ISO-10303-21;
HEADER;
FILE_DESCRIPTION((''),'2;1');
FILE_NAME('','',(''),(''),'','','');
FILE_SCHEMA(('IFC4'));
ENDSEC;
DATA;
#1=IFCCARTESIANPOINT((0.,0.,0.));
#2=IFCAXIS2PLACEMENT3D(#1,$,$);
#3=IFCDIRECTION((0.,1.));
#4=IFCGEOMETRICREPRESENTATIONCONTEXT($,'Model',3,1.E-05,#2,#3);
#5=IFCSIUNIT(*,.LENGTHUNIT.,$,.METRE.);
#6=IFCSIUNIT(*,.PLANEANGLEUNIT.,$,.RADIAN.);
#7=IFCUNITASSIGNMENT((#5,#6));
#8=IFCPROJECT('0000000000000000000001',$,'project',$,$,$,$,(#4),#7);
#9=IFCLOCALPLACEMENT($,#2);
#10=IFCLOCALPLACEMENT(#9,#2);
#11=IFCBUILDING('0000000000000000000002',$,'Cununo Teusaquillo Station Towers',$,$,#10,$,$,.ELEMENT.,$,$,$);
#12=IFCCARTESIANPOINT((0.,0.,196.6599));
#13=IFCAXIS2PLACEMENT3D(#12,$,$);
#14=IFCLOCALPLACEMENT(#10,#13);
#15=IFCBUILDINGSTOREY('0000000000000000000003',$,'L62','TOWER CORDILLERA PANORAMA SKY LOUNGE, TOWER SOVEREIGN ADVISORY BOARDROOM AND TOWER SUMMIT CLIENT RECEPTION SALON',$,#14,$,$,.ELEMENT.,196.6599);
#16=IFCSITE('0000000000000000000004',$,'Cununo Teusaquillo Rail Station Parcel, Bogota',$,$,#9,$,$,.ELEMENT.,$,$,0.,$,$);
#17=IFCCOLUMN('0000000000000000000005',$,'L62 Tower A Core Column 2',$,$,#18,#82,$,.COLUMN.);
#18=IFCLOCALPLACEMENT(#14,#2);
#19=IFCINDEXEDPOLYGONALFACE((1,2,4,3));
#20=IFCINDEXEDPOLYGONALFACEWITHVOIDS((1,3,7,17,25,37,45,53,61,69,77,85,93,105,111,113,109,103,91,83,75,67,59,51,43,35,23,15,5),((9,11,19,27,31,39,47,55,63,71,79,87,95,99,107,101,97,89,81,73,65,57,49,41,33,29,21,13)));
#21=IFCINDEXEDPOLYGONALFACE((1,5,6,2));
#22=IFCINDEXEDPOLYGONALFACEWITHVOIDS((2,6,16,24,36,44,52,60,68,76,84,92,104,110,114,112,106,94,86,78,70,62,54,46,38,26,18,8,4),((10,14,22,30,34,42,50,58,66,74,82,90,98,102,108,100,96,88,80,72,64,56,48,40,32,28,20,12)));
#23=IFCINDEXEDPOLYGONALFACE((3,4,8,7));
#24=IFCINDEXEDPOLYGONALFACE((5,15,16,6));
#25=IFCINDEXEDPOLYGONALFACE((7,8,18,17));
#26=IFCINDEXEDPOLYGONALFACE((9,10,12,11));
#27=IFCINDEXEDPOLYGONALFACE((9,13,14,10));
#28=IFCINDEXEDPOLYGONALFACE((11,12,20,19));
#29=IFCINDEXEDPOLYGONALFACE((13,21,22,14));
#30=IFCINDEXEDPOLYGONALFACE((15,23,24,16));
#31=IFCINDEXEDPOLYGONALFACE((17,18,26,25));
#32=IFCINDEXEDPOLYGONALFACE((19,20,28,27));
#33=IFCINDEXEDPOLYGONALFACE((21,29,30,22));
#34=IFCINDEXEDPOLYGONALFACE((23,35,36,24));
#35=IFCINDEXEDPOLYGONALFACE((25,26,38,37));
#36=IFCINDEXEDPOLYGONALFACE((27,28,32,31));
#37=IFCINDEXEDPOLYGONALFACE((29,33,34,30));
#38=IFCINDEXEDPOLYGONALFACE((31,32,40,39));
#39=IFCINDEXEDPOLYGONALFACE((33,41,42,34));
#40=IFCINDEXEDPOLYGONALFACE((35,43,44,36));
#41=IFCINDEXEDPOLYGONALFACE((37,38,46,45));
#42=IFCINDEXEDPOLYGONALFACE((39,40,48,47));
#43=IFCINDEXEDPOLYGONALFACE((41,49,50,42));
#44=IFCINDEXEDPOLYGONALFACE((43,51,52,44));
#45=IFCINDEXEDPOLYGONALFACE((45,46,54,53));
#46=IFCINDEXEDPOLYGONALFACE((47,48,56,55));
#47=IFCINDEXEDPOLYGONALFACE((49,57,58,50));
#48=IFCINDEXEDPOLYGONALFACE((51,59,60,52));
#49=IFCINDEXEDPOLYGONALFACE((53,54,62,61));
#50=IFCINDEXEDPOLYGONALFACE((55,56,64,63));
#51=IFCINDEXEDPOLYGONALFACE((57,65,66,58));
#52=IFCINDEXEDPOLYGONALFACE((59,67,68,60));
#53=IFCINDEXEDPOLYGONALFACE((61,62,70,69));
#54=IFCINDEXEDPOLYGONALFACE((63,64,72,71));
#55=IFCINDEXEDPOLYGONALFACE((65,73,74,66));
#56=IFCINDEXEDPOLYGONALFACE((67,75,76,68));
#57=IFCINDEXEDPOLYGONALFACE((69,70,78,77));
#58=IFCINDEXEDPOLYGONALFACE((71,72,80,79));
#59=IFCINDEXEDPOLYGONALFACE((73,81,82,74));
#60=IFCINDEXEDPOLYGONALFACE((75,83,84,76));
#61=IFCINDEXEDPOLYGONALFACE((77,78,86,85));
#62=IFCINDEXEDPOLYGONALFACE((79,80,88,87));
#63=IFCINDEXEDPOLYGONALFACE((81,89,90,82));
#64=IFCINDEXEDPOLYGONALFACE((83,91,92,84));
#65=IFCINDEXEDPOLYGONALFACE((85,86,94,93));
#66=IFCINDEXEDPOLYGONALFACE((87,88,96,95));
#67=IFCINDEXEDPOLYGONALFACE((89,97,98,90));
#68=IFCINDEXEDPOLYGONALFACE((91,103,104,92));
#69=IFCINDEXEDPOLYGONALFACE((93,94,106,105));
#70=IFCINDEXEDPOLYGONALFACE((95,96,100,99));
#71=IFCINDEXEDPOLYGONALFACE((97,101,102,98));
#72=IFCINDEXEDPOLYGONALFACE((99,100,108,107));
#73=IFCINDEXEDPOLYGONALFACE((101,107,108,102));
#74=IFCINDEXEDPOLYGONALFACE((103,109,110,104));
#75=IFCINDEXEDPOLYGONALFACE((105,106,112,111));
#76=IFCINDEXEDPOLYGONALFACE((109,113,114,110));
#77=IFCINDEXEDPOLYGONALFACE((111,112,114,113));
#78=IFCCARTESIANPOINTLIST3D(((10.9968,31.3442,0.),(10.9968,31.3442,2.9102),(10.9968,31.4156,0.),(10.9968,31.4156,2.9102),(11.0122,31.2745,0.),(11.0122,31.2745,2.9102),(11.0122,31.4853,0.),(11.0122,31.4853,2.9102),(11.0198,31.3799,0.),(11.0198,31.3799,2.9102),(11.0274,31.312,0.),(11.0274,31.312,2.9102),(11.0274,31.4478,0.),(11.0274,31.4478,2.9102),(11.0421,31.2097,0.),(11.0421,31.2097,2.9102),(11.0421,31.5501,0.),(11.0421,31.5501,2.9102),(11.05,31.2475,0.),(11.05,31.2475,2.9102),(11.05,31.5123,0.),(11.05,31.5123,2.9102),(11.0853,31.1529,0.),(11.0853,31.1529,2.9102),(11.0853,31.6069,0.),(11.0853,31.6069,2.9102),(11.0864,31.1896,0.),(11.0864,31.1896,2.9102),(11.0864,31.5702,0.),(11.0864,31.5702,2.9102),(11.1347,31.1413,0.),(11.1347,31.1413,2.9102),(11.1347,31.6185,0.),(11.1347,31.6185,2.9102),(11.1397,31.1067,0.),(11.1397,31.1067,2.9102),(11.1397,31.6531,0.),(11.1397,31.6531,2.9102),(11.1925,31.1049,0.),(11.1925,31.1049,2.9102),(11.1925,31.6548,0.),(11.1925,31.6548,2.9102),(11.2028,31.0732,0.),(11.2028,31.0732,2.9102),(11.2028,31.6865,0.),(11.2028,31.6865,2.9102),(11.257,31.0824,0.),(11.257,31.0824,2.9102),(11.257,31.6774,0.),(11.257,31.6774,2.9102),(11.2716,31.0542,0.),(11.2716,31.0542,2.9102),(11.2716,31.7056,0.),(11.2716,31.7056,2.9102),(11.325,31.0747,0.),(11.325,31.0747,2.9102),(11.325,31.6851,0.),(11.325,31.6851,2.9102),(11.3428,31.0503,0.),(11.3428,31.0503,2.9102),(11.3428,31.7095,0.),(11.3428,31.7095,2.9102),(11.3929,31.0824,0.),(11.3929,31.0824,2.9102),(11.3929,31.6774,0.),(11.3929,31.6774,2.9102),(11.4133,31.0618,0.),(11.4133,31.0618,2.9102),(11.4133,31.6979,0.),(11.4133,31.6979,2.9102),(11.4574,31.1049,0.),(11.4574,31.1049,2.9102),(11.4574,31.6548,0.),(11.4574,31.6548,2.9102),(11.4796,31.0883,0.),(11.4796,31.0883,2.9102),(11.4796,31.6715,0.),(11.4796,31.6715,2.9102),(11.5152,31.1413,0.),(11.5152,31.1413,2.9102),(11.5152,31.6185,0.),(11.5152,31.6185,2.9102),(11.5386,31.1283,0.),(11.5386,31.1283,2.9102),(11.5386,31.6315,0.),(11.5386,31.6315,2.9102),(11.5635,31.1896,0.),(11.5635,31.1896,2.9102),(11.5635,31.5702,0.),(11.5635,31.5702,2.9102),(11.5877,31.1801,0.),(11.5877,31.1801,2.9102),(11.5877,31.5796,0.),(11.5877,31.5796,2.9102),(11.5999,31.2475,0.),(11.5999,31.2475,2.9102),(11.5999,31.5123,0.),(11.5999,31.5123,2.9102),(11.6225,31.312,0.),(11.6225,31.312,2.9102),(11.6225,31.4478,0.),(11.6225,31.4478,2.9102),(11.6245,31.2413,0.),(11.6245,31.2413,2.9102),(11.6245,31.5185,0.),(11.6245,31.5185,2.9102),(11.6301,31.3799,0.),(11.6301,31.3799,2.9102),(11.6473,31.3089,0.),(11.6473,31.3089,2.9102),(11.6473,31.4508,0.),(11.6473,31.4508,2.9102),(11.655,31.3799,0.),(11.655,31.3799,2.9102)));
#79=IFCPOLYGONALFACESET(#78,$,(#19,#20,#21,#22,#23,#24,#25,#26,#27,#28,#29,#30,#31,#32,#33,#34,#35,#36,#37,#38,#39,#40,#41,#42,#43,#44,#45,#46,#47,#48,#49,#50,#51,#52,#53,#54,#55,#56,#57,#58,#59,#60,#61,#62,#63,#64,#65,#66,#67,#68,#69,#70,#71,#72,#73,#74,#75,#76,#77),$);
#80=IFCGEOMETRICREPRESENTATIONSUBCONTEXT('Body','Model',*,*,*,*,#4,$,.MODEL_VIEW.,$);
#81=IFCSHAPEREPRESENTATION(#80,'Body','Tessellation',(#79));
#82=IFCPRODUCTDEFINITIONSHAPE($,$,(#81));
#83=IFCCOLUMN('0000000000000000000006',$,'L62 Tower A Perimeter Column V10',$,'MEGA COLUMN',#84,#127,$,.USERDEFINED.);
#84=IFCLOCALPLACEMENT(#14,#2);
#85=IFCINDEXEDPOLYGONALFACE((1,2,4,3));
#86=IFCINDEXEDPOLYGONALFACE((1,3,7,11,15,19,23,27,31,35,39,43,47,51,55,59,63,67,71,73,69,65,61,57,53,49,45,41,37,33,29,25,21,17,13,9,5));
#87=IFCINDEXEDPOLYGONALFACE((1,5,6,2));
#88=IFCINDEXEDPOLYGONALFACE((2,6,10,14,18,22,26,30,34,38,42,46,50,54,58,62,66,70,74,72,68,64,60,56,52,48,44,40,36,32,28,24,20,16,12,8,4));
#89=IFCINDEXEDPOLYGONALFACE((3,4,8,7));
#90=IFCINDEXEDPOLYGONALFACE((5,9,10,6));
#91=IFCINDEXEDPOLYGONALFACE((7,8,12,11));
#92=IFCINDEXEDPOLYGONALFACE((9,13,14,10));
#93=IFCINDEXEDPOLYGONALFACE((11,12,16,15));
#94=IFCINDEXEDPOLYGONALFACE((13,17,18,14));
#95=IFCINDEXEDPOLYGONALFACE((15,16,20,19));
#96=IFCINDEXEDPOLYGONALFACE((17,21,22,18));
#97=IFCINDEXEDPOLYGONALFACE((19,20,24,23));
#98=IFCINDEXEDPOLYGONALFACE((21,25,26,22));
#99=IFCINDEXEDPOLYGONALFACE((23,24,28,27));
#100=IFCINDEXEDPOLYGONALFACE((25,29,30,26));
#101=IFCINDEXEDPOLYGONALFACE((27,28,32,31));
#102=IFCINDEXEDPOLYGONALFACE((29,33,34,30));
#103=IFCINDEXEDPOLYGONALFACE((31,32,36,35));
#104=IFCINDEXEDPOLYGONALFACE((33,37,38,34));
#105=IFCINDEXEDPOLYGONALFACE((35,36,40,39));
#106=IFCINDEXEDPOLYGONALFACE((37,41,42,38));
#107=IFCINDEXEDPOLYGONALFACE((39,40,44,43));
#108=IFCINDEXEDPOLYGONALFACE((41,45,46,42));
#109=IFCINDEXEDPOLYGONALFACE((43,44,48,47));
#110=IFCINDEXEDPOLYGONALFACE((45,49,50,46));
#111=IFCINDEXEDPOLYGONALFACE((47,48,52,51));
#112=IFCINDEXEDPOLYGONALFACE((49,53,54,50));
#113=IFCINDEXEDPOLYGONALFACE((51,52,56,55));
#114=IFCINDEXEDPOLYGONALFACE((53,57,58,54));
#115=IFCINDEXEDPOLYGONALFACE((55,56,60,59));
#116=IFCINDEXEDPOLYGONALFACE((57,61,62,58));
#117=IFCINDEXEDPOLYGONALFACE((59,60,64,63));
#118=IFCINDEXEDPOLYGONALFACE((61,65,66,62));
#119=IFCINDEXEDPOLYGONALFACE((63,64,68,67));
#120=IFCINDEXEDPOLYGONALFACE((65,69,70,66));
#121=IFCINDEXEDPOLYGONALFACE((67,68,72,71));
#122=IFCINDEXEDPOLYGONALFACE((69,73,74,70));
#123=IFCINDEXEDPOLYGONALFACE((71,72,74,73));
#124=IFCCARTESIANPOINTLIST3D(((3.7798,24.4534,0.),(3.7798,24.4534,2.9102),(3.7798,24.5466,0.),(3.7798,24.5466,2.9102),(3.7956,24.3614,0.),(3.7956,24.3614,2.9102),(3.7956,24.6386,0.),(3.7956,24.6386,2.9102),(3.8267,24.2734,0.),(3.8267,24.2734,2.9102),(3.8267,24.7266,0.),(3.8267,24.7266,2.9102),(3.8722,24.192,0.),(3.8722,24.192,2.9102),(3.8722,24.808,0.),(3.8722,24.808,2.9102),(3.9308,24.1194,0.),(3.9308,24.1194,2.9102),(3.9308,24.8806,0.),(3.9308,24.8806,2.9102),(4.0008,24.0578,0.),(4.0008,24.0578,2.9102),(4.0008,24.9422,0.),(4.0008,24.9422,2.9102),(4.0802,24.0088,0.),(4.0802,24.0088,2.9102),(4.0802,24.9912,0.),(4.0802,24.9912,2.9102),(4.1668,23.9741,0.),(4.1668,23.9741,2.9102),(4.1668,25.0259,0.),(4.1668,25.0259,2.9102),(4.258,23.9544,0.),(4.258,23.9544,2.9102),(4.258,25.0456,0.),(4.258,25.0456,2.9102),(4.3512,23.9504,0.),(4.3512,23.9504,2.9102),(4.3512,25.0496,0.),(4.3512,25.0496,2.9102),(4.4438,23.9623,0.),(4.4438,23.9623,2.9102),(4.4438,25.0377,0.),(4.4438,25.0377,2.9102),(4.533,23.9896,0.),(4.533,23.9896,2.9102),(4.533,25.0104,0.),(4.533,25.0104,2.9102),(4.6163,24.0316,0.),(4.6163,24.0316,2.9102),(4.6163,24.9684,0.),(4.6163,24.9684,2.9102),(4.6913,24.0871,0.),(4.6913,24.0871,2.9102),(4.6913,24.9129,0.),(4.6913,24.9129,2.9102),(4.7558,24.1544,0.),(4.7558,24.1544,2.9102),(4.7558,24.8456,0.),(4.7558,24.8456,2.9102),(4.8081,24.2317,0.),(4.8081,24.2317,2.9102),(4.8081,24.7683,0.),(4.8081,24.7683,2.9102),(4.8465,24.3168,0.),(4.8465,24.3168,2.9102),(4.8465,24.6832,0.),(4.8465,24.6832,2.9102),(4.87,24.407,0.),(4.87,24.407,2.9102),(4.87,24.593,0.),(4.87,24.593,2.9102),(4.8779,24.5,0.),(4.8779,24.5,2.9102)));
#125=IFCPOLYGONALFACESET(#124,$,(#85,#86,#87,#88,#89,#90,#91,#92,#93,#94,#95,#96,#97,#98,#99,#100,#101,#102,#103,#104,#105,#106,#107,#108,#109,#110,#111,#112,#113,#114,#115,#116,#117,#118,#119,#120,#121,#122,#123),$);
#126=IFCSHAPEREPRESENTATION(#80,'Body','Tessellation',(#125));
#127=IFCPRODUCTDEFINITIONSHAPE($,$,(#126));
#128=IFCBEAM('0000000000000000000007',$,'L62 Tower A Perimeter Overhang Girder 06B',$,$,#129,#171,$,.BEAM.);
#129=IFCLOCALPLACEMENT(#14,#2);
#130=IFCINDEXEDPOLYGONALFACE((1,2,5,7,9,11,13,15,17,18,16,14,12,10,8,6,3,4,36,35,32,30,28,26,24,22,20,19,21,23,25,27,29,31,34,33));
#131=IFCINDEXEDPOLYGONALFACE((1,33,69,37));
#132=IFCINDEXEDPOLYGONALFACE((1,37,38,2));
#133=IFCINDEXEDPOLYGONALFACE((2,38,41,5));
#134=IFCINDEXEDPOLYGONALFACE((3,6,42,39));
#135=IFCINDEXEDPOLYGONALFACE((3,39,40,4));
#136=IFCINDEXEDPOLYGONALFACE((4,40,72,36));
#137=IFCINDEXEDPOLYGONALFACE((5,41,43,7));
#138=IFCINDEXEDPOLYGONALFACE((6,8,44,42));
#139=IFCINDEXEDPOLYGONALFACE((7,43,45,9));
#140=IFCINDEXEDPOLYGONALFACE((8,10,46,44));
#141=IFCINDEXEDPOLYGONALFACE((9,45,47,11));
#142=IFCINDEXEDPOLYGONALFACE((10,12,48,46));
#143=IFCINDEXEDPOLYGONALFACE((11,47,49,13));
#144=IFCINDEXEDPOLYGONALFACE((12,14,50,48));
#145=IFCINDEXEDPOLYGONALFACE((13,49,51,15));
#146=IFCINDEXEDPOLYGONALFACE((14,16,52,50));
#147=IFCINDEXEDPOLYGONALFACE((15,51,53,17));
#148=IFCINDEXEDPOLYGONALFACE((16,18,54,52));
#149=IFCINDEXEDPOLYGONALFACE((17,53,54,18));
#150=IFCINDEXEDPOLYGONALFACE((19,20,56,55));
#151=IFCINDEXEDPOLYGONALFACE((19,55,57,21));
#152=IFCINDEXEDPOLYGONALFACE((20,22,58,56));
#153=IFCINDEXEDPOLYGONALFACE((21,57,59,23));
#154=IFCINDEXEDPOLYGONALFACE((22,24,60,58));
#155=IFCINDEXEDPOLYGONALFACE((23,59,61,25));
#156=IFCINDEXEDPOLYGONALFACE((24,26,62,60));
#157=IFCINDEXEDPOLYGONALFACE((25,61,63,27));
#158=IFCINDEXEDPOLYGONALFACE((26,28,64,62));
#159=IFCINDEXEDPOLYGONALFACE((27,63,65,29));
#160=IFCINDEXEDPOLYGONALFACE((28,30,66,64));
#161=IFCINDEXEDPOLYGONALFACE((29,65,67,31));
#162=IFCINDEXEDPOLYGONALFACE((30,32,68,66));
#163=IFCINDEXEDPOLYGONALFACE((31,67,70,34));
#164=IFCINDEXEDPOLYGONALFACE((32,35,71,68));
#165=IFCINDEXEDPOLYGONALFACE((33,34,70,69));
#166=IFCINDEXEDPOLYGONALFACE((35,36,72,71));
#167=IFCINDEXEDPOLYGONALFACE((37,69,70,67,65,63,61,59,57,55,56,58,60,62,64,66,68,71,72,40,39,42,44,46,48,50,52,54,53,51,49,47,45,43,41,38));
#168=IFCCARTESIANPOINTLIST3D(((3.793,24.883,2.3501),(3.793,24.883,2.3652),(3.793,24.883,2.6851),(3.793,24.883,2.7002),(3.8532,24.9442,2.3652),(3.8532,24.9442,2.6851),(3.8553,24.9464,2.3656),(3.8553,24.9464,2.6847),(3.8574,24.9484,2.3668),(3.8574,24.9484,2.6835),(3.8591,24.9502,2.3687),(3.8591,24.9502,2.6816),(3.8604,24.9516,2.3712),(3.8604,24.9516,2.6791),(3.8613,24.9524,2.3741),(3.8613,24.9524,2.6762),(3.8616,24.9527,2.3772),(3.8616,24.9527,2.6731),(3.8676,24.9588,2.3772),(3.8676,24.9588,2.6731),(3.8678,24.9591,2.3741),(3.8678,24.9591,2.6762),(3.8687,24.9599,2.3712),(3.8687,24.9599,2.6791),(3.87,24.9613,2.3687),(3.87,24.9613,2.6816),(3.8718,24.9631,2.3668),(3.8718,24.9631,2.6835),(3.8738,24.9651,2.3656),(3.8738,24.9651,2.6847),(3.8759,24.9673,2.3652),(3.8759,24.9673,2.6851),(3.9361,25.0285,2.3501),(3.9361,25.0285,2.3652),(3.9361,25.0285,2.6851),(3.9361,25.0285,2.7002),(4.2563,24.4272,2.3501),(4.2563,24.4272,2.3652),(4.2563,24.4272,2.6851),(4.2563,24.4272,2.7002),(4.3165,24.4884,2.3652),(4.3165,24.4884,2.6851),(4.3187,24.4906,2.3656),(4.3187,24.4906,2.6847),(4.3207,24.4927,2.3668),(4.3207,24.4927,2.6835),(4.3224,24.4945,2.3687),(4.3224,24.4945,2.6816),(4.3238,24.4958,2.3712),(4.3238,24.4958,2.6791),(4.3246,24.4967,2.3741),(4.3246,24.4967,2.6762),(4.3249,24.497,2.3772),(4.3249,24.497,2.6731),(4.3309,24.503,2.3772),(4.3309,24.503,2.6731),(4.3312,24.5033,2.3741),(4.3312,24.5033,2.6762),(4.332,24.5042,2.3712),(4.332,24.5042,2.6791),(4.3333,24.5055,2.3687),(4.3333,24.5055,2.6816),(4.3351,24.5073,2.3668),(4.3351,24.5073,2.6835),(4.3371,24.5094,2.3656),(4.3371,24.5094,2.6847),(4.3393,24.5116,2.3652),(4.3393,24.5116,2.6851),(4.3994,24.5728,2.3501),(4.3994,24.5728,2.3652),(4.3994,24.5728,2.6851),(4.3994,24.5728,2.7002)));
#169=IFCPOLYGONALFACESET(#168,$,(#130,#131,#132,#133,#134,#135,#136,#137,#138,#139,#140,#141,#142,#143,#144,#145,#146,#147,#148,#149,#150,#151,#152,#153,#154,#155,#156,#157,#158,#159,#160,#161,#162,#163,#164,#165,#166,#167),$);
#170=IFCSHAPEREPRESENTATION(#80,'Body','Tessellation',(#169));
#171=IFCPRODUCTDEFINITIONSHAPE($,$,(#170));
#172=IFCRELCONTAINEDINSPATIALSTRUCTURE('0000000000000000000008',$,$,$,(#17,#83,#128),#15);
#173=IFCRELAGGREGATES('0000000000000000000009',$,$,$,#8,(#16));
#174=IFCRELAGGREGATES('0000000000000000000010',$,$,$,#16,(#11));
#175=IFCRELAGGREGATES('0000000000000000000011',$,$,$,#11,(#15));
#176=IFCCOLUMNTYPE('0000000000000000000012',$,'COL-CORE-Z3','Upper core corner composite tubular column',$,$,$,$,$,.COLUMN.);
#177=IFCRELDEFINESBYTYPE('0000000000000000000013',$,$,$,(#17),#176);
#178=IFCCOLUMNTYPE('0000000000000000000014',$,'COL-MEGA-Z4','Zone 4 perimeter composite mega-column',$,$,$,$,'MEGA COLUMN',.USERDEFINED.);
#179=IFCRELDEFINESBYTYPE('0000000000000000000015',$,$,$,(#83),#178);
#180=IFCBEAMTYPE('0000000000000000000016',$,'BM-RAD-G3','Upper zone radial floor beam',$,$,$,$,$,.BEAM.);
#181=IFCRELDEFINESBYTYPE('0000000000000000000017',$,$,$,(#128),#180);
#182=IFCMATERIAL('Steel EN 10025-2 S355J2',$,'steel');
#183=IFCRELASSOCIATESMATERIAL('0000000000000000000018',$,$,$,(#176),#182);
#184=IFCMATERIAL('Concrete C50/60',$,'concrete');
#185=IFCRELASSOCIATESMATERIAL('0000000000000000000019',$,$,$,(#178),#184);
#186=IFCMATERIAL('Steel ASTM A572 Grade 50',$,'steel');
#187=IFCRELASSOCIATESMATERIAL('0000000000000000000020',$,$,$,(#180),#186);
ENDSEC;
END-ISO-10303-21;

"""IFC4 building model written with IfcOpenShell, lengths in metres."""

from ifc_helpers import new_model, si_unit, direction, frame, origin, origin_2d, place, context, subcontext, project, spatial, circle, hollow_circle, i_section, extrude, material, material_profile, profile_set, type_object, element, save


model = new_model("IFC4")

# Units and contexts
model_context = context("Model", 3, precision=1e-05, world=origin(), true_north=direction((0.0, 1.0)))
body_context = subcontext(model_context, "Body", "Model", "MODEL_VIEW")
ifc_project = project(units=[si_unit("LENGTHUNIT", "METRE"), si_unit("PLANEANGLEUNIT", "RADIAN")], contexts=[model_context])

# Site, building, storey
site_placement = place(None, origin())
site = spatial("IfcSite", under=ifc_project, at=site_placement, Name="Cununo Teusaquillo Rail Station Parcel, Bogota", CompositionType="ELEMENT", RefElevation=0.0)
building_placement = place(site_placement, origin())
building = spatial("IfcBuilding", under=site, at=building_placement, Name="Cununo Teusaquillo Station Towers", CompositionType="ELEMENT")
storey_placement = place(building_placement, frame((0.0, 0.0, 196.6599)))
storey = spatial("IfcBuildingStorey", under=building, at=storey_placement, Name="L62", Description="TOWER CORDILLERA PANORAMA SKY LOUNGE, TOWER SOVEREIGN ADVISORY BOARDROOM AND TOWER SUMMIT CLIENT RECEPTION SALON", CompositionType="ELEMENT", Elevation=196.6599)

# Columns
ifc_material_1 = material(Name="Steel EN 10025-2 S355J2", Category="steel")
ifc_material_profile_1 = material_profile(ifc_material_1, hollow_circle(Radius=0.3301, WallThickness=0.0249, at=origin_2d()), Name="CHS 660x25")
ifc_profile_set_1 = profile_set([ifc_material_profile_1], Name="Steel EN 10025-2 S355J2")
column_type_1 = type_object("IfcColumnType", Name="COL-CORE-Z3", Description="Upper core corner composite tubular column", PredefinedType="COLUMN", material=ifc_profile_set_1)
column_1_placement = place(storey_placement, frame((11.325, 31.3799, 0.0), z_axis=(0.0, 0.0, 1.0), x_axis=(1.0, 0.0, 0.0)))
element("IfcColumn", 1, at=column_1_placement, inside=storey, type_object=column_type_1, Name="L62 Tower A Core Column 2", PredefinedType="COLUMN", context=body_context, shape_type="SweptSolid", body=[
    extrude(hollow_circle(Radius=0.3301, WallThickness=0.0249, at=origin_2d()), origin(), (0.0, 0.0, 1.0), 2.9102),
])
ifc_material_2 = material(Name="Concrete C50/60", Category="concrete")
ifc_material_profile_2 = material_profile(ifc_material_2, circle(Radius=0.55, at=origin_2d()), Name="RC-CIRC-1100")
ifc_profile_set_2 = profile_set([ifc_material_profile_2], Name="Concrete C50/60")
column_type_2 = type_object("IfcColumnType", Name="COL-MEGA-Z4", Description="Zone 4 perimeter composite mega-column", ElementType="MEGA COLUMN", PredefinedType="USERDEFINED", material=ifc_profile_set_2)
column_2_placement = place(storey_placement, frame((4.3279, 24.5, 0.0), z_axis=(0.0, 0.0, 1.0), x_axis=(1.0, 0.0, 0.0)))
element("IfcColumn", 2, at=column_2_placement, inside=storey, type_object=column_type_2, Name="L62 Tower A Perimeter Column V10", ObjectType="MEGA COLUMN", PredefinedType="USERDEFINED", context=body_context, shape_type="SweptSolid", body=[
    extrude(circle(Radius=0.55, at=origin_2d()), origin(), (0.0, 0.0, 1.0), 2.9102),
])

# Beam
ifc_material_3 = material(Name="Steel ASTM A572 Grade 50", Category="steel")
ifc_material_profile_3 = material_profile(ifc_material_3, i_section(OverallWidth=0.2041, OverallDepth=0.3501, WebThickness=0.0085, FlangeThickness=0.0151, FilletRadius=0.012, at=origin_2d()), Name="W14X48")
ifc_profile_set_3 = profile_set([ifc_material_profile_3], Name="Steel ASTM A572 Grade 50")
beam_type_1 = type_object("IfcBeamType", Name="BM-RAD-G3", Description="Upper zone radial floor beam", PredefinedType="BEAM", material=ifc_profile_set_3)
beam_1_placement = place(storey_placement, frame((4.3279, 24.5, 2.5251), z_axis=(-0.712905, 0.701261, 0.0), x_axis=(-0.701261, -0.712905, 0.0)))
element("IfcBeam", 3, at=beam_1_placement, inside=storey, type_object=beam_type_1, Name="L62 Tower A Perimeter Overhang Girder 06B", PredefinedType="BEAM", context=body_context, shape_type="SweptSolid", body=[
    extrude(i_section(OverallWidth=0.2041, OverallDepth=0.3501, WebThickness=0.0085, FlangeThickness=0.0151, FilletRadius=0.012, at=origin_2d()), origin(), (0.0, 0.0, 1.0), 0.6499),
])

save(model, "model.ifc")
